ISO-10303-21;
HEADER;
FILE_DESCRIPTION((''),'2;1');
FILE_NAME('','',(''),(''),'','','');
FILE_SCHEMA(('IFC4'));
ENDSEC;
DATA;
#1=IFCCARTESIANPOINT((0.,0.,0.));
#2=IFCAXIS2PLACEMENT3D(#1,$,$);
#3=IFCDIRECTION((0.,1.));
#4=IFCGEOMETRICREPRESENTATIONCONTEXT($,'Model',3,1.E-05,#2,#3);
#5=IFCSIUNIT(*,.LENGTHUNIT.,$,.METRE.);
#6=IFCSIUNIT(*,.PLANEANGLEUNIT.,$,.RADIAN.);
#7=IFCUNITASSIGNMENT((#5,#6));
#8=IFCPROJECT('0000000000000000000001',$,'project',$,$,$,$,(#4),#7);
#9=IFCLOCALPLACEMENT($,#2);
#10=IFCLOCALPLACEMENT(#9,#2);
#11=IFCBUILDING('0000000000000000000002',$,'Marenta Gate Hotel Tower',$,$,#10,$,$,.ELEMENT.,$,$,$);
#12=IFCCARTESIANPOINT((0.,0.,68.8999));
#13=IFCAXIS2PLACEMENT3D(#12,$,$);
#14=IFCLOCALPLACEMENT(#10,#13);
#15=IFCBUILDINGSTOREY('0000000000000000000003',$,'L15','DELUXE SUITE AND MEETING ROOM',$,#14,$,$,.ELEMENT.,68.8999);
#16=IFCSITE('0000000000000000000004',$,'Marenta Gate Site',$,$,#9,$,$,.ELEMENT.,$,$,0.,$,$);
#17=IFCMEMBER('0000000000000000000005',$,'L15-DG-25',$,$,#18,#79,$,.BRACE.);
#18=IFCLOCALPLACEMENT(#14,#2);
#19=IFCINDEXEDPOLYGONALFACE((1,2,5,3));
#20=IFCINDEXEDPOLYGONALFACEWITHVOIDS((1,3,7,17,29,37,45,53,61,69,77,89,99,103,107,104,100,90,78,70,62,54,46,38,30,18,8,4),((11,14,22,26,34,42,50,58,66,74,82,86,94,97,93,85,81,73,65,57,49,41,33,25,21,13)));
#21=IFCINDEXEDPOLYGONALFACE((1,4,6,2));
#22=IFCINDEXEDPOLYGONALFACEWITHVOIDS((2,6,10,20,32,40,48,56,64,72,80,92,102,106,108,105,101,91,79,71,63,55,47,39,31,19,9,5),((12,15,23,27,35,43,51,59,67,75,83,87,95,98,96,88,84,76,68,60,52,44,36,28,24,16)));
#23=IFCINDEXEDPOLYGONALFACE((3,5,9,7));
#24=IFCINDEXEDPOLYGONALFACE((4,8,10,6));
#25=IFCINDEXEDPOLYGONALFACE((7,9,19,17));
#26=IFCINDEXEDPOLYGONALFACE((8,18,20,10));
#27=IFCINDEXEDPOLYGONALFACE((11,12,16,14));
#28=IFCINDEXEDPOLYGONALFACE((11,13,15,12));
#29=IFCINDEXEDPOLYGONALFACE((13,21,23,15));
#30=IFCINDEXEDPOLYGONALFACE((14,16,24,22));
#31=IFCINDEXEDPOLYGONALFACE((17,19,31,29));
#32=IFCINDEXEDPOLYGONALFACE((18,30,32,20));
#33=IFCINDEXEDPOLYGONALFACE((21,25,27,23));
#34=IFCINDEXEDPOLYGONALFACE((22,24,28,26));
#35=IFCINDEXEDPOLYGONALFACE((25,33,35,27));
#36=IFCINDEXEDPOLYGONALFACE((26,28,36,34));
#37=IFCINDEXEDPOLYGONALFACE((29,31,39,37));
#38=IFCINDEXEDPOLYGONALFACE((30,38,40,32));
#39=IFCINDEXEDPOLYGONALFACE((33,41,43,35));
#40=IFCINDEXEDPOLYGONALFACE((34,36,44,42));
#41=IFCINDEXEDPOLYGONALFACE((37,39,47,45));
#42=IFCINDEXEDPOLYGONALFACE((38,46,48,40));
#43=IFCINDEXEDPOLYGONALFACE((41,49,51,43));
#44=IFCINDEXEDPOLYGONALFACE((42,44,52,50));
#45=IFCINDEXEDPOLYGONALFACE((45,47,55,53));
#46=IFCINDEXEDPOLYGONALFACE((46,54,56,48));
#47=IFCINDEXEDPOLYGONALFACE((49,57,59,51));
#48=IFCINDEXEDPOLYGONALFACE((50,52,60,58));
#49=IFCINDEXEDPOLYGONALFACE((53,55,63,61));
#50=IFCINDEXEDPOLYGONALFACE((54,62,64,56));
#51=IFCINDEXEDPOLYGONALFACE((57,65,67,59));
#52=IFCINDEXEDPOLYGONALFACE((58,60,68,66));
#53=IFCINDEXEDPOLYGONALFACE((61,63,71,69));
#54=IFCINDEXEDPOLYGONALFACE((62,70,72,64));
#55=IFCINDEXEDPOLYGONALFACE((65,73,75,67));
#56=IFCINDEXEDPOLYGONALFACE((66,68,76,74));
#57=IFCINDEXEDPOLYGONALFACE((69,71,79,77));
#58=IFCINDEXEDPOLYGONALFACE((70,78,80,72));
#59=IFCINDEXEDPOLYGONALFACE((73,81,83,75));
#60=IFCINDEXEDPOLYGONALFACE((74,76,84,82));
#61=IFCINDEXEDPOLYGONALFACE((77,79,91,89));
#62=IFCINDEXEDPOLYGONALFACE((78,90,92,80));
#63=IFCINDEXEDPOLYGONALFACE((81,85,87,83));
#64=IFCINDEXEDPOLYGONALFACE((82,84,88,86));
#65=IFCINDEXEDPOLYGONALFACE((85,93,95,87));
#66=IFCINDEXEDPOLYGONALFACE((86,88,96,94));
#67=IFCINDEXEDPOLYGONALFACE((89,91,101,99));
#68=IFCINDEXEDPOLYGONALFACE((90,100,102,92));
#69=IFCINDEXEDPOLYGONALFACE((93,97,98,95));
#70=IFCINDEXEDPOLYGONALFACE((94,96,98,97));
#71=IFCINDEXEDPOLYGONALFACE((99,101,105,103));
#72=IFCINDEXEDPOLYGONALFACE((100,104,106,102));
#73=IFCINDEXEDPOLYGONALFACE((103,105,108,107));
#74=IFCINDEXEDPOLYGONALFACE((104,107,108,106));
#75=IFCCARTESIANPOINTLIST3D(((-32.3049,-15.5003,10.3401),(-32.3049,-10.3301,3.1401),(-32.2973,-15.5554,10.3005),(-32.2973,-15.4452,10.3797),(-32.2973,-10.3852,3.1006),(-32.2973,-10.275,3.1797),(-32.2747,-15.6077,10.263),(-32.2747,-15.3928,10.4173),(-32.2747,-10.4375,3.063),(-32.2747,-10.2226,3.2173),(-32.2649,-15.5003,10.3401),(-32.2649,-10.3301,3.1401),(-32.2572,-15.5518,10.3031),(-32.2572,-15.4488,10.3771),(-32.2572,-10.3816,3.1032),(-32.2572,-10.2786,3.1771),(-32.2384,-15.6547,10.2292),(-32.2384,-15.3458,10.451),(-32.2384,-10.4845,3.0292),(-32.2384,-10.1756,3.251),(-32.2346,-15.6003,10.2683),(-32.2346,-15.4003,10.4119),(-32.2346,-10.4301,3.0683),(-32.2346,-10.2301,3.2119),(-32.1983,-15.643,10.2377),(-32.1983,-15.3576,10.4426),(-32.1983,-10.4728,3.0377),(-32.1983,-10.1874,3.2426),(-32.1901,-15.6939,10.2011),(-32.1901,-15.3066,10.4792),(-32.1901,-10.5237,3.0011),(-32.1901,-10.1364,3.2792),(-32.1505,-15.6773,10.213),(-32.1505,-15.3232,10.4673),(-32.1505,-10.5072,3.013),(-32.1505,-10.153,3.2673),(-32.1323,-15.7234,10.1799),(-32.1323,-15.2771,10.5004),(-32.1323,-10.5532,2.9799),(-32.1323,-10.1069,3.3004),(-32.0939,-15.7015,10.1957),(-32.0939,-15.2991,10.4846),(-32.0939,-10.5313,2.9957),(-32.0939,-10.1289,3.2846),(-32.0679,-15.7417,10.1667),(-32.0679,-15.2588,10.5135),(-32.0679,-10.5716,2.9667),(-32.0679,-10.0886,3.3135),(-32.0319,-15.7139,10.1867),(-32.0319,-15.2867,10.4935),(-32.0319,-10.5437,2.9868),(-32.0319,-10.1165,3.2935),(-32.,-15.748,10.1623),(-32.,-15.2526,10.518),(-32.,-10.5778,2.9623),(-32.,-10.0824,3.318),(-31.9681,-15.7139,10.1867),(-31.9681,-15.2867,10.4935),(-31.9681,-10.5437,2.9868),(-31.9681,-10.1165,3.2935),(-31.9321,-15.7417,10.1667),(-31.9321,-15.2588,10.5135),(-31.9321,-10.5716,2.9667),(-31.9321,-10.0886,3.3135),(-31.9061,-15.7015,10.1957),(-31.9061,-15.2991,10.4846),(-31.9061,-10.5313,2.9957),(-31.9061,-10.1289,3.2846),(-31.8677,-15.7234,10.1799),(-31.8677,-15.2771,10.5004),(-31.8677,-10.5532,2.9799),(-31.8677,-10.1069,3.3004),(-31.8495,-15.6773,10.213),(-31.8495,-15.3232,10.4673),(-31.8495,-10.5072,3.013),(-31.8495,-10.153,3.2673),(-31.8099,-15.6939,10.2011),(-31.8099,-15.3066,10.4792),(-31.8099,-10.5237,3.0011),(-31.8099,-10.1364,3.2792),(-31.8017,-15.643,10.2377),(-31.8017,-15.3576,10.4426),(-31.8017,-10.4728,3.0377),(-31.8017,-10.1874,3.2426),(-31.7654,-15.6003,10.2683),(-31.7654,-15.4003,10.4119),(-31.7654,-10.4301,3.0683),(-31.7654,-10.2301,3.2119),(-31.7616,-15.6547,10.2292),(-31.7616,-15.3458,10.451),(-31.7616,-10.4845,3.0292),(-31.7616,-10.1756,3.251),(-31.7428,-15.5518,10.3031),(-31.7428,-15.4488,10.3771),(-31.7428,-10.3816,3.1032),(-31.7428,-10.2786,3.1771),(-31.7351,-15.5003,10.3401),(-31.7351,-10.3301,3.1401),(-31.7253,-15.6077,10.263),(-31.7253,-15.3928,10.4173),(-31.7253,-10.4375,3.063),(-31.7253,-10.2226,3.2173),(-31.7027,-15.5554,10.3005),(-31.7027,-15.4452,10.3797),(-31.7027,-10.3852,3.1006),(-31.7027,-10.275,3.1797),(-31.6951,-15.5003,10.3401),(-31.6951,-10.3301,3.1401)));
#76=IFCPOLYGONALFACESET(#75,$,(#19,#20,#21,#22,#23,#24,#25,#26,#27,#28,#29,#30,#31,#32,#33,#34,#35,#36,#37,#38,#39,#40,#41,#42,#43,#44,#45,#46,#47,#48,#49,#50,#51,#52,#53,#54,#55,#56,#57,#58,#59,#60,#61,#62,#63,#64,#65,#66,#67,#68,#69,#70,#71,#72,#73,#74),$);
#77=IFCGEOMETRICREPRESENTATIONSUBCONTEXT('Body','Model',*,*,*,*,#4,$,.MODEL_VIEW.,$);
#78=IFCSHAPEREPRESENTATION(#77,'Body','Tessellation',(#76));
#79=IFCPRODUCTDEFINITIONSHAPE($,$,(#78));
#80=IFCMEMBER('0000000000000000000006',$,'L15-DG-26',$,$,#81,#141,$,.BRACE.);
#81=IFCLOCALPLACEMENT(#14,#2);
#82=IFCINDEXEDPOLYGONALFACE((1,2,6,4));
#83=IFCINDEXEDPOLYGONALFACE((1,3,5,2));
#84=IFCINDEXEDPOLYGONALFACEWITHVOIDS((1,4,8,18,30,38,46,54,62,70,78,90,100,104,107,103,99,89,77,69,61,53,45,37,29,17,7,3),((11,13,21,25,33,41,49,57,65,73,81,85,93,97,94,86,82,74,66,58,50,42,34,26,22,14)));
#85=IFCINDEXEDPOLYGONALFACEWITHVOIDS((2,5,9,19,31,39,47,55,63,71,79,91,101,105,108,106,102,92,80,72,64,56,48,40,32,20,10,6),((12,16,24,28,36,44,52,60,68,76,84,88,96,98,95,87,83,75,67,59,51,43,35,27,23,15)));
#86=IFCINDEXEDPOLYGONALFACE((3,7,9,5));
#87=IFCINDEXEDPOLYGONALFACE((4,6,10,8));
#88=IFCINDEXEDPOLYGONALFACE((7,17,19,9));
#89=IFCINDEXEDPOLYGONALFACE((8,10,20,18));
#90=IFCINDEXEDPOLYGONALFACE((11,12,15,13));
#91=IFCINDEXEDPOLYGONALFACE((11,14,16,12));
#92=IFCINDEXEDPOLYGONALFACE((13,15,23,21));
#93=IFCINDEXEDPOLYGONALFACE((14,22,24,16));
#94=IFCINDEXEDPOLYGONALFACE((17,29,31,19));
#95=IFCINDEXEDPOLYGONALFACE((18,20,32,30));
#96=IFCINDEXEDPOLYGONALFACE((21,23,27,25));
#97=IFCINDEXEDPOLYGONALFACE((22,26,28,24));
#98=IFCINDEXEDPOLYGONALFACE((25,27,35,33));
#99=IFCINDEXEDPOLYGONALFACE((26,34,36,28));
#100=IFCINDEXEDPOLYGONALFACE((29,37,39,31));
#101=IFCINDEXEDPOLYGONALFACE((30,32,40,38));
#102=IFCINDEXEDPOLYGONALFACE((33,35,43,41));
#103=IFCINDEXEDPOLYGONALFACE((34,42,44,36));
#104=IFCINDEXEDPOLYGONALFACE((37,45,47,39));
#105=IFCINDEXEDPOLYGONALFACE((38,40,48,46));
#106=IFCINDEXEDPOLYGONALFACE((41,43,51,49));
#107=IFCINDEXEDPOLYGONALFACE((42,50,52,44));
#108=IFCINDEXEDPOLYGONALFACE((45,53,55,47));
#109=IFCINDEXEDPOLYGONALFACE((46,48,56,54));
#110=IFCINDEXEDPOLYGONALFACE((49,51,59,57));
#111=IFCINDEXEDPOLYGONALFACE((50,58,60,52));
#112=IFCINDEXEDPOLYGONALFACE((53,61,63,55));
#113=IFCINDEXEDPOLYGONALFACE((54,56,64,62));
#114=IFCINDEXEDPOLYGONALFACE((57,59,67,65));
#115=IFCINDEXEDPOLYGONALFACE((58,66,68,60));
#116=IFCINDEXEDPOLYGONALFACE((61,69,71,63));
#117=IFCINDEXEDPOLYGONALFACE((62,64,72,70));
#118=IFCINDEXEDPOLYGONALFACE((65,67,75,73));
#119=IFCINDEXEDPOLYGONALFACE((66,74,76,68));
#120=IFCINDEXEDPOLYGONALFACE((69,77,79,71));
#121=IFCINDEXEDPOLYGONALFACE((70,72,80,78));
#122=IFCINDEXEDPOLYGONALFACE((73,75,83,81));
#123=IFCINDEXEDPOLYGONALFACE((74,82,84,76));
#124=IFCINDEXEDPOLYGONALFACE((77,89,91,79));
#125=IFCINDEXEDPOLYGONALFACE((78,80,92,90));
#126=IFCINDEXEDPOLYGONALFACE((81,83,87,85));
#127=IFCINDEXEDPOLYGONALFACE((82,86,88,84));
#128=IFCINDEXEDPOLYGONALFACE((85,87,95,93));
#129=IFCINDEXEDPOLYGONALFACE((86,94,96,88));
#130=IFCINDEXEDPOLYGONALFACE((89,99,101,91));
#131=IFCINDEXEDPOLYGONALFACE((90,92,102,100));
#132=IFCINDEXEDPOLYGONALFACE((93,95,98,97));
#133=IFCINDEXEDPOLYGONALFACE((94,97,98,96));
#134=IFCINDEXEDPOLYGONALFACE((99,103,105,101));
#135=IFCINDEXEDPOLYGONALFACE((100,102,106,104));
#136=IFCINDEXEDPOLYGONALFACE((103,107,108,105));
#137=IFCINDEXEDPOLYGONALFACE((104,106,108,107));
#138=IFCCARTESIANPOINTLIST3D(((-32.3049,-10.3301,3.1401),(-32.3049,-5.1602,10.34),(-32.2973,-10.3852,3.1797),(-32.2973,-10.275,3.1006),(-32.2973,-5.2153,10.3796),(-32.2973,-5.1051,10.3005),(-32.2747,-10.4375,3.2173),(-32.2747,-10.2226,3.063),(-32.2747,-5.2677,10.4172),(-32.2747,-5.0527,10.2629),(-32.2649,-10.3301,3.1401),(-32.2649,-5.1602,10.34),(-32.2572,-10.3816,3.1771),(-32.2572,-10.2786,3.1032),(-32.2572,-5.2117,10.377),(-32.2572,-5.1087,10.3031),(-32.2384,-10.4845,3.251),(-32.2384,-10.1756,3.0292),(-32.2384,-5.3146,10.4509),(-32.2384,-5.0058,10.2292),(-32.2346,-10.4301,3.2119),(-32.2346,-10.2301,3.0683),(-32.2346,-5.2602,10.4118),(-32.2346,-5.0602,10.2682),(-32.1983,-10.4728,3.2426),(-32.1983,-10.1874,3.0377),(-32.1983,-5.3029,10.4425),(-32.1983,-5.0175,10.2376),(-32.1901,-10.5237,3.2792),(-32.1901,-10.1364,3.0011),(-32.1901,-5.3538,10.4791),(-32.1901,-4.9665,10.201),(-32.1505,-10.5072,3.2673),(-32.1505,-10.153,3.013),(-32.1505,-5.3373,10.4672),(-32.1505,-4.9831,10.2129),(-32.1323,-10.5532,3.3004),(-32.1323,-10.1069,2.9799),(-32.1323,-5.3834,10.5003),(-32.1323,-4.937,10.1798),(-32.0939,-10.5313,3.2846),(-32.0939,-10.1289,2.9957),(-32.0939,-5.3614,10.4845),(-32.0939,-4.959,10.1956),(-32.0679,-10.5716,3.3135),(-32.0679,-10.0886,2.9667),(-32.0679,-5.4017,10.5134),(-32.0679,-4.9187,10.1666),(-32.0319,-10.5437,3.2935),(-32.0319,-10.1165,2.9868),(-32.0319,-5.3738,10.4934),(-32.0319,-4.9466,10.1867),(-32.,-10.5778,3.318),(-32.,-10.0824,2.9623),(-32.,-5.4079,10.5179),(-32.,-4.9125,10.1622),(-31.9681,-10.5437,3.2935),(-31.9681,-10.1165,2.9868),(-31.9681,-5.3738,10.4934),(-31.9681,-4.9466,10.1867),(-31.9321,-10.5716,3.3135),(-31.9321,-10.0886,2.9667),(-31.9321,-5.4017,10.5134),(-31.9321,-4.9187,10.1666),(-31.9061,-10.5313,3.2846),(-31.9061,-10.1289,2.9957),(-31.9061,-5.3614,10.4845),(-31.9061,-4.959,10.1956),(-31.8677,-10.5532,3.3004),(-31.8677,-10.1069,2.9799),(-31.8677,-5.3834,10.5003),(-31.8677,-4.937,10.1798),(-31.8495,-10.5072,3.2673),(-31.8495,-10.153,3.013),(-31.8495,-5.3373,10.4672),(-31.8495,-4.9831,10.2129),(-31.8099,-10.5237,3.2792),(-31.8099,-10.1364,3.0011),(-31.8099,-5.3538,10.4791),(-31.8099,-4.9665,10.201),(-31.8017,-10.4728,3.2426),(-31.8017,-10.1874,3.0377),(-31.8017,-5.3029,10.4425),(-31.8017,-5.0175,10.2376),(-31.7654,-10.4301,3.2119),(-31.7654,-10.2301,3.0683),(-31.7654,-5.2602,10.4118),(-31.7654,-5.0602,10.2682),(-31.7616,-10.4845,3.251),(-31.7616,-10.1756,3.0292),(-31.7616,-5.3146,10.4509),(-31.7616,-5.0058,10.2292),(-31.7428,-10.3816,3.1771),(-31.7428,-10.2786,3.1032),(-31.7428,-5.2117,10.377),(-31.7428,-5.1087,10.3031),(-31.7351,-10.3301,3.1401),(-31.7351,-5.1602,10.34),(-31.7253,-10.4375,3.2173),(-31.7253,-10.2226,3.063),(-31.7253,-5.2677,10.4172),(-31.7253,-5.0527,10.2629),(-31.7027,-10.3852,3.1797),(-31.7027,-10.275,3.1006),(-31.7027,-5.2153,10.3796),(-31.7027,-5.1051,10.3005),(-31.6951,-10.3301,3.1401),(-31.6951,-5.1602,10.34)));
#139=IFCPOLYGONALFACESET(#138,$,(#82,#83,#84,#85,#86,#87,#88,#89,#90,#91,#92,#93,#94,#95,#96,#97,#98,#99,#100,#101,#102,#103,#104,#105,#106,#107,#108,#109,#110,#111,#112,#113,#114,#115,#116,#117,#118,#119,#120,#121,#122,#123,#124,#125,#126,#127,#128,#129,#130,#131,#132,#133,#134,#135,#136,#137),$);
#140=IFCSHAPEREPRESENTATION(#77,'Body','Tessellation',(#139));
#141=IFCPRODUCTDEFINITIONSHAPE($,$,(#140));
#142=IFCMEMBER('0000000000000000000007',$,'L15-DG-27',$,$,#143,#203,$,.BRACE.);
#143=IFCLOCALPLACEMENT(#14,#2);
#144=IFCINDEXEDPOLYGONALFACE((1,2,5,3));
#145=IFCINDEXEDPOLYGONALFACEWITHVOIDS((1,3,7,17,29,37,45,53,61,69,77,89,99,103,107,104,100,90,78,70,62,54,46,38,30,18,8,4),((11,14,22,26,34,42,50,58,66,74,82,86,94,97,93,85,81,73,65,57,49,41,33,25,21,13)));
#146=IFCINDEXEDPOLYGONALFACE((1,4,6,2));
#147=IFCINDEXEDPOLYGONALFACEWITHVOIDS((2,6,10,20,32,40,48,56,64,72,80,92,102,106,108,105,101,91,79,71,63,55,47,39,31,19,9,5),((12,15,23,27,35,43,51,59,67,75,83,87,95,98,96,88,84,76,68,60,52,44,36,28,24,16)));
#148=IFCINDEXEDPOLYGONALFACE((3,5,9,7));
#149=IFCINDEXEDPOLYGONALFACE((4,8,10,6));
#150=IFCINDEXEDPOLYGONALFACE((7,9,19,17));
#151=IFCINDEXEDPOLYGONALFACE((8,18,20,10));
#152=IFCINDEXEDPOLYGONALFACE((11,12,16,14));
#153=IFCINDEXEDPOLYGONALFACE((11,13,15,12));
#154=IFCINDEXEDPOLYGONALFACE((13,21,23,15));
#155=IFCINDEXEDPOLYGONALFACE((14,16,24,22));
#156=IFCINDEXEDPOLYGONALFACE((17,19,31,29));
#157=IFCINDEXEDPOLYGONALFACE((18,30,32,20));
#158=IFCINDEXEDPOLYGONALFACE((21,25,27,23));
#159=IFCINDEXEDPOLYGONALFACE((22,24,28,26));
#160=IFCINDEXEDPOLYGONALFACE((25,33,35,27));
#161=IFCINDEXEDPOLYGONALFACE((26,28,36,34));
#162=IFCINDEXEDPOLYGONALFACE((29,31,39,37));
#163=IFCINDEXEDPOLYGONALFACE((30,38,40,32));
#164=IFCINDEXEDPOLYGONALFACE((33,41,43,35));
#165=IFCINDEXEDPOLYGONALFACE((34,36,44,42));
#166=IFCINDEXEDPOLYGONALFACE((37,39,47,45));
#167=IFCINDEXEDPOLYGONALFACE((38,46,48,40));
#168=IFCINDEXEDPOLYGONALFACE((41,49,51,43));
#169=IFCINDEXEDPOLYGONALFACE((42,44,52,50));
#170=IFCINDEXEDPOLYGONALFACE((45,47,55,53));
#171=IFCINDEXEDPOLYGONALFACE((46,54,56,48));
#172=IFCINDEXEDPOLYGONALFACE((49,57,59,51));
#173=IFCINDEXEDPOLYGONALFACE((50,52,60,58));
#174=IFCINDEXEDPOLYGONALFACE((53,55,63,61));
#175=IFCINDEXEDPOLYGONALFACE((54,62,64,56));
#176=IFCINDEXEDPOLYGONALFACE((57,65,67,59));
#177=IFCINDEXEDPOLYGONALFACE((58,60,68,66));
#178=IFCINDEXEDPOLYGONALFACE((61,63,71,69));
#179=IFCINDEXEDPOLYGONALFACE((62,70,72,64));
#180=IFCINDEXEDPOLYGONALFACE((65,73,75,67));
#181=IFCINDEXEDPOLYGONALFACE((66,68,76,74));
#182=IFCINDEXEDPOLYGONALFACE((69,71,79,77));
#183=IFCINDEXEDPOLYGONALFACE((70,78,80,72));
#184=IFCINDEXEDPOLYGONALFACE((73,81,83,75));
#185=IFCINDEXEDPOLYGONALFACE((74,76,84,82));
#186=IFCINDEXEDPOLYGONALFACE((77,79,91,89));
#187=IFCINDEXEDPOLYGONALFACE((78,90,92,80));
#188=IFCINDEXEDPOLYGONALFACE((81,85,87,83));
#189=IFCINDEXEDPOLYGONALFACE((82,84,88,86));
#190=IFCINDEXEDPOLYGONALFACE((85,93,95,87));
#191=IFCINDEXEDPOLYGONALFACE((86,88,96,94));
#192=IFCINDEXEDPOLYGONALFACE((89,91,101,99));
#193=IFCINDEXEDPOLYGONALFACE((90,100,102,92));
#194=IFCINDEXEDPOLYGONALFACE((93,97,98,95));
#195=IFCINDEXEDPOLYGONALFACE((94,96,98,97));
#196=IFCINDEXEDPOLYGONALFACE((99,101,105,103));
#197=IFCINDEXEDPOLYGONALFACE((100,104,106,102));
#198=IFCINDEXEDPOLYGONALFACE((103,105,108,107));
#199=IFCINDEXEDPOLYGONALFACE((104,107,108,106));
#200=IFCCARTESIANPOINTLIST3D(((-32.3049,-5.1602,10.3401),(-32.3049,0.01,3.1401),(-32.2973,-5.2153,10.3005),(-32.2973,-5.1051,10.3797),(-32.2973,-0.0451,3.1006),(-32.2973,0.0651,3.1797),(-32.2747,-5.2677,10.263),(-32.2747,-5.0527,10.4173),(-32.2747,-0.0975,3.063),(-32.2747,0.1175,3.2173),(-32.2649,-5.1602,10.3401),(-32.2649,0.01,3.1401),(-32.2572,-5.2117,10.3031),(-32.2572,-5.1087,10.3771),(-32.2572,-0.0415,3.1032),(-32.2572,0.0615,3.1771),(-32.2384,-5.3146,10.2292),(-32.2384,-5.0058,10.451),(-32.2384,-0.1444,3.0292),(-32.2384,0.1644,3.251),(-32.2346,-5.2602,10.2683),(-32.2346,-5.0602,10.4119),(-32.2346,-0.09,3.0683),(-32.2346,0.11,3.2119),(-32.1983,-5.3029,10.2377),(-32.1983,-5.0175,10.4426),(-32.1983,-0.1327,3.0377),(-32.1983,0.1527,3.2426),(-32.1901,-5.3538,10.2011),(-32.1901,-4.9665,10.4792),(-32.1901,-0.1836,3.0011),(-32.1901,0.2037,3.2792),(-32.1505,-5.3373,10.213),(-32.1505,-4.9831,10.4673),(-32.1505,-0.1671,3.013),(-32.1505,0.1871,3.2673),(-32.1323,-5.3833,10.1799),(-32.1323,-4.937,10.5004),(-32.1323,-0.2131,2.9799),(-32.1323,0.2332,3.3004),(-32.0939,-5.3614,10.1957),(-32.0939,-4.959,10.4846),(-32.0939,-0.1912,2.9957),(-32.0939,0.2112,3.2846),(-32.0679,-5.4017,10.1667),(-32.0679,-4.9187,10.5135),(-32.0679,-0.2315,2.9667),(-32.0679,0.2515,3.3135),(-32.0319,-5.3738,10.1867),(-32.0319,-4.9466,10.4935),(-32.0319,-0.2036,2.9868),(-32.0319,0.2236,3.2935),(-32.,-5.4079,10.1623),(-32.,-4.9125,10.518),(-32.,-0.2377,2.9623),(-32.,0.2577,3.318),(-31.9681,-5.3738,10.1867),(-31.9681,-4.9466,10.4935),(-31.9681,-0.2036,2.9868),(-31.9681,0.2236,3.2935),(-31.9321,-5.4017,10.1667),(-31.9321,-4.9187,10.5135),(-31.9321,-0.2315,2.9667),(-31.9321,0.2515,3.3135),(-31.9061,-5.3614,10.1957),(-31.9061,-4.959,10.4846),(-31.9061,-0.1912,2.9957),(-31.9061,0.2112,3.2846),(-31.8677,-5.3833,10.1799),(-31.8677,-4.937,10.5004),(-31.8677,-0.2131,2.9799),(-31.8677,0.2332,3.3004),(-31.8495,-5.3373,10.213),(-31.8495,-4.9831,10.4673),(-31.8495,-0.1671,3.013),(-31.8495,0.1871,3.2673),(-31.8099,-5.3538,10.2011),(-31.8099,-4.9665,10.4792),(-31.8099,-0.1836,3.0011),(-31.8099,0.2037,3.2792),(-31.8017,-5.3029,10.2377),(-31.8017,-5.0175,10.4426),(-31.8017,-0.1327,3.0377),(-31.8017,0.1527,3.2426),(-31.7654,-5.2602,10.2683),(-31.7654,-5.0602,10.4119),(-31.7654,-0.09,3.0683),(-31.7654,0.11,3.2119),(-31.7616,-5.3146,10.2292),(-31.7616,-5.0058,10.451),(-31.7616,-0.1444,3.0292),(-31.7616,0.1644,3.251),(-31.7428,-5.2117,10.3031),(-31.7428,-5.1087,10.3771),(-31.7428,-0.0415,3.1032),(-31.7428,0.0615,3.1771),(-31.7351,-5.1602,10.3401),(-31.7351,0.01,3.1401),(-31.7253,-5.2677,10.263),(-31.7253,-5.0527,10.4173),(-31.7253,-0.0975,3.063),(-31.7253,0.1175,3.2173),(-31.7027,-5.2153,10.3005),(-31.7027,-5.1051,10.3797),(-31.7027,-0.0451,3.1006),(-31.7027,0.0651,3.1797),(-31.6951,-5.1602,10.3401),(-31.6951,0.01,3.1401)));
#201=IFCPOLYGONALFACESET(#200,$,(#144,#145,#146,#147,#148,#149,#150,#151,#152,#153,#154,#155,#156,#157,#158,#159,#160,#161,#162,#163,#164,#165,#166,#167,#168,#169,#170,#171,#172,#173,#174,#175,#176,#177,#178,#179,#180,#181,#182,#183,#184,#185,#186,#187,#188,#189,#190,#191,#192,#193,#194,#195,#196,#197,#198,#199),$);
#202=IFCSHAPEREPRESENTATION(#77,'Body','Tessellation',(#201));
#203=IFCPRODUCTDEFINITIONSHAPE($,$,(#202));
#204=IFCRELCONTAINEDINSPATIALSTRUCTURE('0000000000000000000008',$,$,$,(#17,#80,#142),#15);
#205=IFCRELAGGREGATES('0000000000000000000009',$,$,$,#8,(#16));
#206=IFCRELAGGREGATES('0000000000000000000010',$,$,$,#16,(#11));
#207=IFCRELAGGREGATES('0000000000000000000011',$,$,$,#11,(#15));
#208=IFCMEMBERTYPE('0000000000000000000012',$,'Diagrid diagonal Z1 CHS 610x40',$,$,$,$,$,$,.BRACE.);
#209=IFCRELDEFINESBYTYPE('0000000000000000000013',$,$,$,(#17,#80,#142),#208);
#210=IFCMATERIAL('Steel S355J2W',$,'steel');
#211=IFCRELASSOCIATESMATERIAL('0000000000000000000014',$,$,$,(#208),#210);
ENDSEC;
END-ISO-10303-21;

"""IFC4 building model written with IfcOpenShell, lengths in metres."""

from ifc_helpers import new_model, si_unit, direction, frame, origin, origin_2d, place, context, subcontext, project, spatial, hollow_circle, extrude, material, material_profile, profile_set, type_object, element, save


model = new_model("IFC4")

# Units and contexts
model_context = context("Model", 3, precision=1e-05, world=origin(), true_north=direction((0.0, 1.0)))
body_context = subcontext(model_context, "Body", "Model", "MODEL_VIEW")
ifc_project = project(units=[si_unit("LENGTHUNIT", "METRE"), si_unit("PLANEANGLEUNIT", "RADIAN")], contexts=[model_context])

# Site, building, storey
site_placement = place(None, origin())
site = spatial("IfcSite", under=ifc_project, at=site_placement, Name="Marenta Gate Site", CompositionType="ELEMENT", RefElevation=0.0)
building_placement = place(site_placement, origin())
building = spatial("IfcBuilding", under=site, at=building_placement, Name="Marenta Gate Hotel Tower", CompositionType="ELEMENT")
storey_placement = place(building_placement, frame((0.0, 0.0, 68.8999)))
storey = spatial("IfcBuildingStorey", under=building, at=storey_placement, Name="L15", Description="DELUXE SUITE AND MEETING ROOM", CompositionType="ELEMENT", Elevation=68.8999)

# Members
ifc_material_1 = material(Name="Steel S355J2W", Category="steel")
ifc_material_profile_1 = material_profile(ifc_material_1, hollow_circle(Radius=0.3049, WallThickness=0.04, at=origin_2d()), Name="CHS 610x40")
ifc_profile_set_1 = profile_set([ifc_material_profile_1], Name="Steel S355J2W")
member_type_1 = type_object("IfcMemberType", Name="Diagrid diagonal Z1 CHS 610x40", PredefinedType="BRACE", material=ifc_profile_set_1)
member_1_placement = place(storey_placement, frame((-32.0, -10.3301, 3.1401), z_axis=(0.0, -0.583279, 0.812272), x_axis=(1.0, 0.0, 0.0)))
element("IfcMember", 1, at=member_1_placement, inside=storey, type_object=member_type_1, Name="L15-DG-25", PredefinedType="BRACE", context=body_context, shape_type="SweptSolid", body=[
    extrude(hollow_circle(Radius=0.3049, WallThickness=0.04, at=origin_2d()), origin(), (0.0, 0.0, 1.0), 8.864),
])
member_2_placement = place(storey_placement, frame((-32.0, -10.3301, 3.1401), z_axis=(0.0, 0.583261, 0.812285), x_axis=(-1.0, 0.0, 0.0)))
element("IfcMember", 2, at=member_2_placement, inside=storey, type_object=member_type_1, Name="L15-DG-26", PredefinedType="BRACE", context=body_context, shape_type="SweptSolid", body=[
    extrude(hollow_circle(Radius=0.3049, WallThickness=0.04, at=origin_2d()), origin(), (0.0, 0.0, 1.0), 8.8638),
])
member_3_placement = place(storey_placement, frame((-32.0, 0.01, 3.1401), z_axis=(0.0, -0.583279, 0.812272), x_axis=(1.0, 0.0, 0.0)))
element("IfcMember", 3, at=member_3_placement, inside=storey, type_object=member_type_1, Name="L15-DG-27", PredefinedType="BRACE", context=body_context, shape_type="SweptSolid", body=[
    extrude(hollow_circle(Radius=0.3049, WallThickness=0.04, at=origin_2d()), origin(), (0.0, 0.0, 1.0), 8.864),
])

save(model, "model.ifc")
